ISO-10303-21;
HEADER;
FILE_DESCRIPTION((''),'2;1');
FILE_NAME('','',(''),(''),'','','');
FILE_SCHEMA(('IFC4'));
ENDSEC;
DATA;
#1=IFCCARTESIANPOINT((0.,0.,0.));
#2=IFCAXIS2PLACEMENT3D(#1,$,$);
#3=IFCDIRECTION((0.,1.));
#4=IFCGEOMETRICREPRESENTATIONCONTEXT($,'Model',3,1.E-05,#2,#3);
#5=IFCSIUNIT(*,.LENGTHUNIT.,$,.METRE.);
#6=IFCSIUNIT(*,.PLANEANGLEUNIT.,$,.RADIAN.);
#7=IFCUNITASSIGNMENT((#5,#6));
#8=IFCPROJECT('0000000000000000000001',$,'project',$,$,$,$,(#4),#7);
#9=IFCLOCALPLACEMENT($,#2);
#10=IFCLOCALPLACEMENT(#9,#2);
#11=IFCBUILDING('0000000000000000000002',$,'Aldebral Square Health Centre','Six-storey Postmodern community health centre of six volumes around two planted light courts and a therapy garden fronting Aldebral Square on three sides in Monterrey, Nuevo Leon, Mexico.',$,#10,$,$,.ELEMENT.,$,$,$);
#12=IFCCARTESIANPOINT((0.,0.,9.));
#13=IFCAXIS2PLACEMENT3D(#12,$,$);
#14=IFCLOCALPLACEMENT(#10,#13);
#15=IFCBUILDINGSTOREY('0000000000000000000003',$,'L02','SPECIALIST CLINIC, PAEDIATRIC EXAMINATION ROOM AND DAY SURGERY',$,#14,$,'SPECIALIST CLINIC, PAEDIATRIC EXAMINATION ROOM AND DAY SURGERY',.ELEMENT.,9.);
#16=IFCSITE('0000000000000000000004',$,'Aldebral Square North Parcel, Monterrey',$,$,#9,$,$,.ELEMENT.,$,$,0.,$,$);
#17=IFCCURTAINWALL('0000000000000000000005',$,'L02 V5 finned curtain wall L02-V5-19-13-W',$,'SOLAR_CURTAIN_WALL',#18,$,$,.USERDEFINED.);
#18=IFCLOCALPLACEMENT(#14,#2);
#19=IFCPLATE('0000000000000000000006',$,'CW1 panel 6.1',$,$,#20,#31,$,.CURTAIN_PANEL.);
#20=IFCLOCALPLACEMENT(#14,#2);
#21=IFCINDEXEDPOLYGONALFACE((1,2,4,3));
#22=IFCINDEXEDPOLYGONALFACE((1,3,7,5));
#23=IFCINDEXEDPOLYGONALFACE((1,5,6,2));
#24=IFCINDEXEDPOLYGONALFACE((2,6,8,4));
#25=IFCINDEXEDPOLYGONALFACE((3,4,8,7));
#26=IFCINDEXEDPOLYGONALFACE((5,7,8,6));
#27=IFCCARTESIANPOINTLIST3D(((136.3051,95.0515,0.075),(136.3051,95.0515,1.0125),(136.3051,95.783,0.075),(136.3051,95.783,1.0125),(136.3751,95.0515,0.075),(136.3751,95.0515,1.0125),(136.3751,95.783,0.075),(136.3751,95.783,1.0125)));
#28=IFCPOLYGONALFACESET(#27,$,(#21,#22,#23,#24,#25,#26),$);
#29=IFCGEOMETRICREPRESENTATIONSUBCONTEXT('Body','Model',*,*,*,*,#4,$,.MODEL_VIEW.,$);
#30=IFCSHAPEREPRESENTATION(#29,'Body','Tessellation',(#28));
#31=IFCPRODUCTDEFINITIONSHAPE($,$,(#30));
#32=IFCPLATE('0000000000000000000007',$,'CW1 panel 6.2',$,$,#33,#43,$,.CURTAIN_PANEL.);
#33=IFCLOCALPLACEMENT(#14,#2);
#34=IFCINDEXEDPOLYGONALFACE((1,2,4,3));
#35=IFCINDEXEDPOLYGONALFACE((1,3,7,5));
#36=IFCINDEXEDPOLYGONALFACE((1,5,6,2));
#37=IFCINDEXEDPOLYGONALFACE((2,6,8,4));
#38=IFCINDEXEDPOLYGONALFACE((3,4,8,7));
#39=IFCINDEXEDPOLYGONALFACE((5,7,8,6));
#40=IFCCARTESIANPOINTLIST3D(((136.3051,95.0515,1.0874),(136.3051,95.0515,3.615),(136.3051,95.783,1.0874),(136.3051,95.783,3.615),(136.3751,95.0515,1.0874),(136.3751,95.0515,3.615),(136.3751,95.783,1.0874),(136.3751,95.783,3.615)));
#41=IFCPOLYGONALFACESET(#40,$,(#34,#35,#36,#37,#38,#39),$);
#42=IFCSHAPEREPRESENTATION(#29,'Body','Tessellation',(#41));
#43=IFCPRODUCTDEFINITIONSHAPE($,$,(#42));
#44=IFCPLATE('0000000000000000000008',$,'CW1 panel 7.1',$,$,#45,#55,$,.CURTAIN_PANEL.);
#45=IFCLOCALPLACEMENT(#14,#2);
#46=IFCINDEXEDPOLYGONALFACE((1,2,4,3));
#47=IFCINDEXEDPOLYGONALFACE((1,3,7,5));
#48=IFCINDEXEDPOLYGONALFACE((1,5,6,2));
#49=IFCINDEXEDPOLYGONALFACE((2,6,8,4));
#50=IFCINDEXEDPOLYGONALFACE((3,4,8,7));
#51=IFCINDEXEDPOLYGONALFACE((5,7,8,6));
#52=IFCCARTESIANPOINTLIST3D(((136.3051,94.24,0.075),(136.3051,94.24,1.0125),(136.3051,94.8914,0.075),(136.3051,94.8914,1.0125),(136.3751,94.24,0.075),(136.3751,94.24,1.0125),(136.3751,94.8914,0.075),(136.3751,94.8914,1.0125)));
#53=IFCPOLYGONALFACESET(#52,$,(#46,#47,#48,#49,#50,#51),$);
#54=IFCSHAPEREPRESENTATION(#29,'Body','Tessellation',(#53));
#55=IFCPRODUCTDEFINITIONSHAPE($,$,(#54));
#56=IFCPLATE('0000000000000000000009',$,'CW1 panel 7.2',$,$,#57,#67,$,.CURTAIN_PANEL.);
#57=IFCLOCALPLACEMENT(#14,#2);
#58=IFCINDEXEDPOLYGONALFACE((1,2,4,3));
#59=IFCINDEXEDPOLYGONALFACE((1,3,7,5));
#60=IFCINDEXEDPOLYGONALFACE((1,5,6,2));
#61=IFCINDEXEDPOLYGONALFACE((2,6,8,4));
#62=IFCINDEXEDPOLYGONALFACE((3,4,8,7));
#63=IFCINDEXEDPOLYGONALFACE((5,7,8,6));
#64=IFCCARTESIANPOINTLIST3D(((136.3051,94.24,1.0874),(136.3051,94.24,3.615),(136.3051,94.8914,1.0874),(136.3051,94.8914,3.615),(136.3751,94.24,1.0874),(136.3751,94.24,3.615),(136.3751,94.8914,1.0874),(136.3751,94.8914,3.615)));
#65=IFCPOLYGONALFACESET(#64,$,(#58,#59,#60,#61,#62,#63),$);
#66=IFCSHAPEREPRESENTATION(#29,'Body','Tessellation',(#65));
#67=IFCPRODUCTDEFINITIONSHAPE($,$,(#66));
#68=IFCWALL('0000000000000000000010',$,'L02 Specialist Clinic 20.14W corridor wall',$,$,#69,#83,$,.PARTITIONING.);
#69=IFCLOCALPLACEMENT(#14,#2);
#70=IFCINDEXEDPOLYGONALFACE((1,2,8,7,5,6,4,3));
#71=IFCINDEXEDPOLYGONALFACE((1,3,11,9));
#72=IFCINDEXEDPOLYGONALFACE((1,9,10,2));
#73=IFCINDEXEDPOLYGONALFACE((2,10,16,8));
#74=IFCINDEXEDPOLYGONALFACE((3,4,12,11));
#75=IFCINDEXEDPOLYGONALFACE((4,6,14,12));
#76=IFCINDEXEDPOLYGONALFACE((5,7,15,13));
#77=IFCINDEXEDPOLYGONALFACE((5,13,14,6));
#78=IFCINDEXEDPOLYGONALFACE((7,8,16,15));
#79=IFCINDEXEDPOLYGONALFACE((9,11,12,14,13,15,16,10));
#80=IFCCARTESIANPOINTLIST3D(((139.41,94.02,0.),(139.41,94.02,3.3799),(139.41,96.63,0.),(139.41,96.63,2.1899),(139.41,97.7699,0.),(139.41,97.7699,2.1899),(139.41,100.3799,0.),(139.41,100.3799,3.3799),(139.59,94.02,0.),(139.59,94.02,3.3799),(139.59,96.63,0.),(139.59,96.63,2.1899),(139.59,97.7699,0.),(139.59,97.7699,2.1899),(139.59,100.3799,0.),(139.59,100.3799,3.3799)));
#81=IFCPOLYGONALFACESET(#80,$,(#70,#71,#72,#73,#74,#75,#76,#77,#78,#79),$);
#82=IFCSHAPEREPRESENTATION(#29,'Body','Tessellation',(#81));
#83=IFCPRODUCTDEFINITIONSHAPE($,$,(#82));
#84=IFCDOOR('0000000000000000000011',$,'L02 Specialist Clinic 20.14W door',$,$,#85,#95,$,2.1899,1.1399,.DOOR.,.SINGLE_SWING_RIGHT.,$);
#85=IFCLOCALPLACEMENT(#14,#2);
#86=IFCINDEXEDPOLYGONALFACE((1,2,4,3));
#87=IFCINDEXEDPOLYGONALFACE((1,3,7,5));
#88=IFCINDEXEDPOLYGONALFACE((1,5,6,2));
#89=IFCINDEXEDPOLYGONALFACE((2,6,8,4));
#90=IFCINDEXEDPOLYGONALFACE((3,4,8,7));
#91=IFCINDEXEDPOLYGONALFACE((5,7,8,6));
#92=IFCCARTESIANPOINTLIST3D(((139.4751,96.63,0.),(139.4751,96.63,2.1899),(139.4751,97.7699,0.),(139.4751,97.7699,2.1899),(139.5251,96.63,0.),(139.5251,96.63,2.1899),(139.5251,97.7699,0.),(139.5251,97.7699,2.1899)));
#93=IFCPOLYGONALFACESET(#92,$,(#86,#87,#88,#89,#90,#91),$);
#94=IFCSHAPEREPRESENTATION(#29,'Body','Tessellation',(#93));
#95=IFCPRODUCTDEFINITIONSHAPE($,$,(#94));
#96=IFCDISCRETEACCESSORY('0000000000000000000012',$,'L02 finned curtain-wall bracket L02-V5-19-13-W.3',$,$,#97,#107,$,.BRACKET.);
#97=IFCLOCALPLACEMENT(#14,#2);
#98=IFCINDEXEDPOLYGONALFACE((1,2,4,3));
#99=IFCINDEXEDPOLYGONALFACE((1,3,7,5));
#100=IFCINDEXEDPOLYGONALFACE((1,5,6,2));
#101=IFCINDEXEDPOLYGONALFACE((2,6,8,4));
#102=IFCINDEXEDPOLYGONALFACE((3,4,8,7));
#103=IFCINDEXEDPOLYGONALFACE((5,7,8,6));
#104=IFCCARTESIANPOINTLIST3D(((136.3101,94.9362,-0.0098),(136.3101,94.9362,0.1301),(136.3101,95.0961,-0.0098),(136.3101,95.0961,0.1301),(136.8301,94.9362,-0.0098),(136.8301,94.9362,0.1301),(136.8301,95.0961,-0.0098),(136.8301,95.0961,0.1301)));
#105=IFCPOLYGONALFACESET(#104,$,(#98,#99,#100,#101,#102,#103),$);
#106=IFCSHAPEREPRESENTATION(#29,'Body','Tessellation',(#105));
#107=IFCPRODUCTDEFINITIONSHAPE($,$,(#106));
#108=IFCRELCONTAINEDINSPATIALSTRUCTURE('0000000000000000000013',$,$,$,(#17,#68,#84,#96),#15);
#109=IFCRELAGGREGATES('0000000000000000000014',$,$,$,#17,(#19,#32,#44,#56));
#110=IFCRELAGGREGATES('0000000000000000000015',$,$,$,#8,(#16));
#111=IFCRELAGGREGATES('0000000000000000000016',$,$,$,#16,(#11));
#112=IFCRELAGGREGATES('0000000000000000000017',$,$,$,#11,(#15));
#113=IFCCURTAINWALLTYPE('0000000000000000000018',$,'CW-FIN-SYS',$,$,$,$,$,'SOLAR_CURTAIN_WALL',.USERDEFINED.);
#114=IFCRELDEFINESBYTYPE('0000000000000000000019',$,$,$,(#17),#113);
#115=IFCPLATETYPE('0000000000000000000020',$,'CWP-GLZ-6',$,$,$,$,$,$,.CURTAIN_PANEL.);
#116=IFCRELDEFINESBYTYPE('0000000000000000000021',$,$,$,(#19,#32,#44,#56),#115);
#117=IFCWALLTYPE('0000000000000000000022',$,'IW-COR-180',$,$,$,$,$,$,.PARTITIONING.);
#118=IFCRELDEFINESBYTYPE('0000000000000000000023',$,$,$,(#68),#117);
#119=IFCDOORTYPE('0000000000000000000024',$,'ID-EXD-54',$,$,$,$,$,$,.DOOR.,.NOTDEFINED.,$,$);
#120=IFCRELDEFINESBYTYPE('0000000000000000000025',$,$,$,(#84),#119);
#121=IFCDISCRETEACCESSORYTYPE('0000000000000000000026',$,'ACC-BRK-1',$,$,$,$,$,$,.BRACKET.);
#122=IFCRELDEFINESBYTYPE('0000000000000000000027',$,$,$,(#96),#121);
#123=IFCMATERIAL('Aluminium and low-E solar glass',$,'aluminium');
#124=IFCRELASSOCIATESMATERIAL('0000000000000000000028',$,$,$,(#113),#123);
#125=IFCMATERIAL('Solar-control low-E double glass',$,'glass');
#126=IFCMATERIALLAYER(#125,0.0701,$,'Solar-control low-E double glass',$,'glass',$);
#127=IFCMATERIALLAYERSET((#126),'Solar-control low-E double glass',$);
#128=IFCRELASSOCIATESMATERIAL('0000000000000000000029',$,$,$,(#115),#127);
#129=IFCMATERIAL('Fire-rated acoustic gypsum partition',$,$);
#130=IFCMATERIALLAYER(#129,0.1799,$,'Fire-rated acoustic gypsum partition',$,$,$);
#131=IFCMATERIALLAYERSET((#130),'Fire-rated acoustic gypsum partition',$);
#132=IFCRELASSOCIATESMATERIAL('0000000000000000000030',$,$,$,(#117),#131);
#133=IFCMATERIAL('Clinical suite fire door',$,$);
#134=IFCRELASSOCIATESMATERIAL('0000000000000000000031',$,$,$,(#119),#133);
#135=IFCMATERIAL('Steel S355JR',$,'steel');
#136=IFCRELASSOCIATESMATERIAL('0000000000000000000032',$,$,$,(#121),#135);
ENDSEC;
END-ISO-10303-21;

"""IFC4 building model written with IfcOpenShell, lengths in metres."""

from ifc_helpers import new_model, si_unit, direction, frame, frame_2d, origin, origin_2d, place, context, subcontext, project, spatial, rectangle, extrude, material, layer, layer_set, type_object, element, fill, aggregate, save


model = new_model("IFC4")

# Units and contexts
model_context = context("Model", 3, precision=1e-05, world=origin(), true_north=direction((0.0, 1.0)))
body_context = subcontext(model_context, "Body", "Model", "MODEL_VIEW")
ifc_project = project(units=[si_unit("LENGTHUNIT", "METRE"), si_unit("PLANEANGLEUNIT", "RADIAN")], contexts=[model_context])

# Site, building, storey
site_placement = place(None, origin())
site = spatial("IfcSite", under=ifc_project, at=site_placement, Name="Aldebral Square North Parcel, Monterrey", CompositionType="ELEMENT", RefElevation=0.0)
building_placement = place(site_placement, origin())
building = spatial("IfcBuilding", under=site, at=building_placement, Name="Aldebral Square Health Centre", Description="Six-storey Postmodern community health centre of six volumes around two planted light courts and a therapy garden fronting Aldebral Square on three sides in Monterrey, Nuevo Leon, Mexico.", CompositionType="ELEMENT")
storey_placement = place(building_placement, frame((0.0, 0.0, 9.0)))
storey = spatial("IfcBuildingStorey", under=building, at=storey_placement, Name="L02", Description="SPECIALIST CLINIC, PAEDIATRIC EXAMINATION ROOM AND DAY SURGERY", LongName="SPECIALIST CLINIC, PAEDIATRIC EXAMINATION ROOM AND DAY SURGERY", CompositionType="ELEMENT", Elevation=9.0)

# Curtain wall, plates
ifc_material_1 = material(Name="Aluminium and low-E solar glass", Category="aluminium")
curtain_wall_type = type_object("IfcCurtainWallType", Name="CW-FIN-SYS", ElementType="SOLAR_CURTAIN_WALL", PredefinedType="USERDEFINED", material=ifc_material_1)
curtain_wall_placement = place(storey_placement, origin())
curtain_wall = element("IfcCurtainWall", 1, at=curtain_wall_placement, inside=storey, type_object=curtain_wall_type, Name="L02 V5 finned curtain wall L02-V5-19-13-W", ObjectType="SOLAR_CURTAIN_WALL", PredefinedType="USERDEFINED")
ifc_material_2 = material(Name="Solar-control low-E double glass", Category="glass")
ifc_layer_1 = layer(ifc_material_2, 0.0701, Name="Solar-control low-E double glass", Category="glass")
ifc_layer_set_1 = layer_set([ifc_layer_1], Name="Solar-control low-E double glass")
plate_type = type_object("IfcPlateType", Name="CWP-GLZ-6", PredefinedType="CURTAIN_PANEL", material=ifc_layer_set_1)
plate_1_placement = place(storey_placement, frame((136.3401, 95.4172, 0.075), z_axis=(0.0, 0.0, 1.0), x_axis=(0.0, -1.0, 0.0)))
plate_1 = element("IfcPlate", 2, at=plate_1_placement, type_object=plate_type, Name="CW1 panel 6.1", PredefinedType="CURTAIN_PANEL", context=body_context, shape_type="SweptSolid", body=[
    extrude(rectangle(XDim=0.7314, YDim=0.0701, at=origin_2d()), origin(), (0.0, 0.0, 1.0), 0.9375),
])
plate_2_placement = place(storey_placement, frame((136.3401, 95.4172, 1.0874), z_axis=(0.0, 0.0, 1.0), x_axis=(0.0, -1.0, 0.0)))
plate_2 = element("IfcPlate", 3, at=plate_2_placement, type_object=plate_type, Name="CW1 panel 6.2", PredefinedType="CURTAIN_PANEL", context=body_context, shape_type="SweptSolid", body=[
    extrude(rectangle(XDim=0.7314, YDim=0.0701, at=origin_2d()), origin(), (0.0, 0.0, 1.0), 2.5276),
])
plate_3_placement = place(storey_placement, frame((136.3401, 94.5657, 0.075), z_axis=(0.0, 0.0, 1.0), x_axis=(0.0, -1.0, 0.0)))
plate_3 = element("IfcPlate", 4, at=plate_3_placement, type_object=plate_type, Name="CW1 panel 7.1", PredefinedType="CURTAIN_PANEL", context=body_context, shape_type="SweptSolid", body=[
    extrude(rectangle(XDim=0.6514, YDim=0.0701, at=origin_2d()), origin(), (0.0, 0.0, 1.0), 0.9375),
])
plate_4_placement = place(storey_placement, frame((136.3401, 94.5657, 1.0874), z_axis=(0.0, 0.0, 1.0), x_axis=(0.0, -1.0, 0.0)))
plate_4 = element("IfcPlate", 5, at=plate_4_placement, type_object=plate_type, Name="CW1 panel 7.2", PredefinedType="CURTAIN_PANEL", context=body_context, shape_type="SweptSolid", body=[
    extrude(rectangle(XDim=0.6514, YDim=0.0701, at=origin_2d()), origin(), (0.0, 0.0, 1.0), 2.5276),
])
aggregate(curtain_wall, [plate_1, plate_2, plate_3, plate_4])

# Wall, opening, door
ifc_material_3 = material(Name="Fire-rated acoustic gypsum partition")
ifc_layer_2 = layer(ifc_material_3, 0.1799, Name="Fire-rated acoustic gypsum partition")
ifc_layer_set_2 = layer_set([ifc_layer_2], Name="Fire-rated acoustic gypsum partition")
wall_type = type_object("IfcWallType", Name="IW-COR-180", PredefinedType="PARTITIONING", material=ifc_layer_set_2)
wall_1_placement = place(storey_placement, frame((139.5, 94.02, 0.0), z_axis=(0.0, 0.0, 1.0), x_axis=(0.0, 1.0, 0.0)))
wall_1 = element("IfcWall", 6, at=wall_1_placement, inside=storey, type_object=wall_type, Name="L02 Specialist Clinic 20.14W corridor wall", PredefinedType="PARTITIONING", context=body_context, shape_type="SweptSolid", body=[
    extrude(rectangle(XDim=6.3599, YDim=0.1799, at=frame_2d((3.1799, 0.0))), origin(), (0.0, 0.0, 1.0), 3.3799),
])
opening_1_placement = place(wall_1_placement, frame((2.6101, 0.0, 0.0)))
opening_1 = element("IfcOpeningElement", 7, at=opening_1_placement, cuts=wall_1, PredefinedType="OPENING", context=body_context, shape_type="SweptSolid", body=[
    extrude(rectangle(XDim=1.1399, YDim=2.1899, at=frame_2d((0.5698, 1.095))), frame((0.0, 0.1001, 0.0), z_axis=(0.0, -1.0, 0.0), x_axis=(1.0, 0.0, 0.0)), (0.0, 0.0, 1.0), 0.2),
])
ifc_material_4 = material(Name="Clinical suite fire door")
door_type_1 = type_object("IfcDoorType", Name="ID-EXD-54", OperationType="NOTDEFINED", PredefinedType="DOOR", material=ifc_material_4)
door_1_placement = place(opening_1_placement, origin())
door_1 = element("IfcDoor", 8, at=door_1_placement, inside=storey, type_object=door_type_1, Name="L02 Specialist Clinic 20.14W door", OperationType="SINGLE_SWING_RIGHT", OverallHeight=2.1899, OverallWidth=1.1399, PredefinedType="DOOR", context=body_context, shape_type="SweptSolid", body=[
    extrude(rectangle(XDim=1.1399, YDim=2.1899, at=frame_2d((0.5698, 1.095))), frame((0.0, 0.0249, 0.0), z_axis=(0.0, -1.0, 0.0), x_axis=(1.0, 0.0, 0.0)), (0.0, 0.0, 1.0), 0.05),
])
fill(opening_1, door_1)

# Discrete accessory
ifc_material_5 = material(Name="Steel S355JR", Category="steel")
discrete_accessory_type = type_object("IfcDiscreteAccessoryType", Name="ACC-BRK-1", PredefinedType="BRACKET", material=ifc_material_5)
discrete_accessory_placement = place(storey_placement, frame((136.5701, 95.0161, -0.0098), z_axis=(0.0, 0.0, 1.0), x_axis=(0.0, 1.0, 0.0)))
element("IfcDiscreteAccessory", 9, at=discrete_accessory_placement, inside=storey, type_object=discrete_accessory_type, Name="L02 finned curtain-wall bracket L02-V5-19-13-W.3", PredefinedType="BRACKET", context=body_context, shape_type="SweptSolid", body=[
    extrude(rectangle(XDim=0.1599, YDim=0.52, at=origin_2d()), origin(), (0.0, 0.0, 1.0), 0.1399),
])

save(model, "model.ifc")
